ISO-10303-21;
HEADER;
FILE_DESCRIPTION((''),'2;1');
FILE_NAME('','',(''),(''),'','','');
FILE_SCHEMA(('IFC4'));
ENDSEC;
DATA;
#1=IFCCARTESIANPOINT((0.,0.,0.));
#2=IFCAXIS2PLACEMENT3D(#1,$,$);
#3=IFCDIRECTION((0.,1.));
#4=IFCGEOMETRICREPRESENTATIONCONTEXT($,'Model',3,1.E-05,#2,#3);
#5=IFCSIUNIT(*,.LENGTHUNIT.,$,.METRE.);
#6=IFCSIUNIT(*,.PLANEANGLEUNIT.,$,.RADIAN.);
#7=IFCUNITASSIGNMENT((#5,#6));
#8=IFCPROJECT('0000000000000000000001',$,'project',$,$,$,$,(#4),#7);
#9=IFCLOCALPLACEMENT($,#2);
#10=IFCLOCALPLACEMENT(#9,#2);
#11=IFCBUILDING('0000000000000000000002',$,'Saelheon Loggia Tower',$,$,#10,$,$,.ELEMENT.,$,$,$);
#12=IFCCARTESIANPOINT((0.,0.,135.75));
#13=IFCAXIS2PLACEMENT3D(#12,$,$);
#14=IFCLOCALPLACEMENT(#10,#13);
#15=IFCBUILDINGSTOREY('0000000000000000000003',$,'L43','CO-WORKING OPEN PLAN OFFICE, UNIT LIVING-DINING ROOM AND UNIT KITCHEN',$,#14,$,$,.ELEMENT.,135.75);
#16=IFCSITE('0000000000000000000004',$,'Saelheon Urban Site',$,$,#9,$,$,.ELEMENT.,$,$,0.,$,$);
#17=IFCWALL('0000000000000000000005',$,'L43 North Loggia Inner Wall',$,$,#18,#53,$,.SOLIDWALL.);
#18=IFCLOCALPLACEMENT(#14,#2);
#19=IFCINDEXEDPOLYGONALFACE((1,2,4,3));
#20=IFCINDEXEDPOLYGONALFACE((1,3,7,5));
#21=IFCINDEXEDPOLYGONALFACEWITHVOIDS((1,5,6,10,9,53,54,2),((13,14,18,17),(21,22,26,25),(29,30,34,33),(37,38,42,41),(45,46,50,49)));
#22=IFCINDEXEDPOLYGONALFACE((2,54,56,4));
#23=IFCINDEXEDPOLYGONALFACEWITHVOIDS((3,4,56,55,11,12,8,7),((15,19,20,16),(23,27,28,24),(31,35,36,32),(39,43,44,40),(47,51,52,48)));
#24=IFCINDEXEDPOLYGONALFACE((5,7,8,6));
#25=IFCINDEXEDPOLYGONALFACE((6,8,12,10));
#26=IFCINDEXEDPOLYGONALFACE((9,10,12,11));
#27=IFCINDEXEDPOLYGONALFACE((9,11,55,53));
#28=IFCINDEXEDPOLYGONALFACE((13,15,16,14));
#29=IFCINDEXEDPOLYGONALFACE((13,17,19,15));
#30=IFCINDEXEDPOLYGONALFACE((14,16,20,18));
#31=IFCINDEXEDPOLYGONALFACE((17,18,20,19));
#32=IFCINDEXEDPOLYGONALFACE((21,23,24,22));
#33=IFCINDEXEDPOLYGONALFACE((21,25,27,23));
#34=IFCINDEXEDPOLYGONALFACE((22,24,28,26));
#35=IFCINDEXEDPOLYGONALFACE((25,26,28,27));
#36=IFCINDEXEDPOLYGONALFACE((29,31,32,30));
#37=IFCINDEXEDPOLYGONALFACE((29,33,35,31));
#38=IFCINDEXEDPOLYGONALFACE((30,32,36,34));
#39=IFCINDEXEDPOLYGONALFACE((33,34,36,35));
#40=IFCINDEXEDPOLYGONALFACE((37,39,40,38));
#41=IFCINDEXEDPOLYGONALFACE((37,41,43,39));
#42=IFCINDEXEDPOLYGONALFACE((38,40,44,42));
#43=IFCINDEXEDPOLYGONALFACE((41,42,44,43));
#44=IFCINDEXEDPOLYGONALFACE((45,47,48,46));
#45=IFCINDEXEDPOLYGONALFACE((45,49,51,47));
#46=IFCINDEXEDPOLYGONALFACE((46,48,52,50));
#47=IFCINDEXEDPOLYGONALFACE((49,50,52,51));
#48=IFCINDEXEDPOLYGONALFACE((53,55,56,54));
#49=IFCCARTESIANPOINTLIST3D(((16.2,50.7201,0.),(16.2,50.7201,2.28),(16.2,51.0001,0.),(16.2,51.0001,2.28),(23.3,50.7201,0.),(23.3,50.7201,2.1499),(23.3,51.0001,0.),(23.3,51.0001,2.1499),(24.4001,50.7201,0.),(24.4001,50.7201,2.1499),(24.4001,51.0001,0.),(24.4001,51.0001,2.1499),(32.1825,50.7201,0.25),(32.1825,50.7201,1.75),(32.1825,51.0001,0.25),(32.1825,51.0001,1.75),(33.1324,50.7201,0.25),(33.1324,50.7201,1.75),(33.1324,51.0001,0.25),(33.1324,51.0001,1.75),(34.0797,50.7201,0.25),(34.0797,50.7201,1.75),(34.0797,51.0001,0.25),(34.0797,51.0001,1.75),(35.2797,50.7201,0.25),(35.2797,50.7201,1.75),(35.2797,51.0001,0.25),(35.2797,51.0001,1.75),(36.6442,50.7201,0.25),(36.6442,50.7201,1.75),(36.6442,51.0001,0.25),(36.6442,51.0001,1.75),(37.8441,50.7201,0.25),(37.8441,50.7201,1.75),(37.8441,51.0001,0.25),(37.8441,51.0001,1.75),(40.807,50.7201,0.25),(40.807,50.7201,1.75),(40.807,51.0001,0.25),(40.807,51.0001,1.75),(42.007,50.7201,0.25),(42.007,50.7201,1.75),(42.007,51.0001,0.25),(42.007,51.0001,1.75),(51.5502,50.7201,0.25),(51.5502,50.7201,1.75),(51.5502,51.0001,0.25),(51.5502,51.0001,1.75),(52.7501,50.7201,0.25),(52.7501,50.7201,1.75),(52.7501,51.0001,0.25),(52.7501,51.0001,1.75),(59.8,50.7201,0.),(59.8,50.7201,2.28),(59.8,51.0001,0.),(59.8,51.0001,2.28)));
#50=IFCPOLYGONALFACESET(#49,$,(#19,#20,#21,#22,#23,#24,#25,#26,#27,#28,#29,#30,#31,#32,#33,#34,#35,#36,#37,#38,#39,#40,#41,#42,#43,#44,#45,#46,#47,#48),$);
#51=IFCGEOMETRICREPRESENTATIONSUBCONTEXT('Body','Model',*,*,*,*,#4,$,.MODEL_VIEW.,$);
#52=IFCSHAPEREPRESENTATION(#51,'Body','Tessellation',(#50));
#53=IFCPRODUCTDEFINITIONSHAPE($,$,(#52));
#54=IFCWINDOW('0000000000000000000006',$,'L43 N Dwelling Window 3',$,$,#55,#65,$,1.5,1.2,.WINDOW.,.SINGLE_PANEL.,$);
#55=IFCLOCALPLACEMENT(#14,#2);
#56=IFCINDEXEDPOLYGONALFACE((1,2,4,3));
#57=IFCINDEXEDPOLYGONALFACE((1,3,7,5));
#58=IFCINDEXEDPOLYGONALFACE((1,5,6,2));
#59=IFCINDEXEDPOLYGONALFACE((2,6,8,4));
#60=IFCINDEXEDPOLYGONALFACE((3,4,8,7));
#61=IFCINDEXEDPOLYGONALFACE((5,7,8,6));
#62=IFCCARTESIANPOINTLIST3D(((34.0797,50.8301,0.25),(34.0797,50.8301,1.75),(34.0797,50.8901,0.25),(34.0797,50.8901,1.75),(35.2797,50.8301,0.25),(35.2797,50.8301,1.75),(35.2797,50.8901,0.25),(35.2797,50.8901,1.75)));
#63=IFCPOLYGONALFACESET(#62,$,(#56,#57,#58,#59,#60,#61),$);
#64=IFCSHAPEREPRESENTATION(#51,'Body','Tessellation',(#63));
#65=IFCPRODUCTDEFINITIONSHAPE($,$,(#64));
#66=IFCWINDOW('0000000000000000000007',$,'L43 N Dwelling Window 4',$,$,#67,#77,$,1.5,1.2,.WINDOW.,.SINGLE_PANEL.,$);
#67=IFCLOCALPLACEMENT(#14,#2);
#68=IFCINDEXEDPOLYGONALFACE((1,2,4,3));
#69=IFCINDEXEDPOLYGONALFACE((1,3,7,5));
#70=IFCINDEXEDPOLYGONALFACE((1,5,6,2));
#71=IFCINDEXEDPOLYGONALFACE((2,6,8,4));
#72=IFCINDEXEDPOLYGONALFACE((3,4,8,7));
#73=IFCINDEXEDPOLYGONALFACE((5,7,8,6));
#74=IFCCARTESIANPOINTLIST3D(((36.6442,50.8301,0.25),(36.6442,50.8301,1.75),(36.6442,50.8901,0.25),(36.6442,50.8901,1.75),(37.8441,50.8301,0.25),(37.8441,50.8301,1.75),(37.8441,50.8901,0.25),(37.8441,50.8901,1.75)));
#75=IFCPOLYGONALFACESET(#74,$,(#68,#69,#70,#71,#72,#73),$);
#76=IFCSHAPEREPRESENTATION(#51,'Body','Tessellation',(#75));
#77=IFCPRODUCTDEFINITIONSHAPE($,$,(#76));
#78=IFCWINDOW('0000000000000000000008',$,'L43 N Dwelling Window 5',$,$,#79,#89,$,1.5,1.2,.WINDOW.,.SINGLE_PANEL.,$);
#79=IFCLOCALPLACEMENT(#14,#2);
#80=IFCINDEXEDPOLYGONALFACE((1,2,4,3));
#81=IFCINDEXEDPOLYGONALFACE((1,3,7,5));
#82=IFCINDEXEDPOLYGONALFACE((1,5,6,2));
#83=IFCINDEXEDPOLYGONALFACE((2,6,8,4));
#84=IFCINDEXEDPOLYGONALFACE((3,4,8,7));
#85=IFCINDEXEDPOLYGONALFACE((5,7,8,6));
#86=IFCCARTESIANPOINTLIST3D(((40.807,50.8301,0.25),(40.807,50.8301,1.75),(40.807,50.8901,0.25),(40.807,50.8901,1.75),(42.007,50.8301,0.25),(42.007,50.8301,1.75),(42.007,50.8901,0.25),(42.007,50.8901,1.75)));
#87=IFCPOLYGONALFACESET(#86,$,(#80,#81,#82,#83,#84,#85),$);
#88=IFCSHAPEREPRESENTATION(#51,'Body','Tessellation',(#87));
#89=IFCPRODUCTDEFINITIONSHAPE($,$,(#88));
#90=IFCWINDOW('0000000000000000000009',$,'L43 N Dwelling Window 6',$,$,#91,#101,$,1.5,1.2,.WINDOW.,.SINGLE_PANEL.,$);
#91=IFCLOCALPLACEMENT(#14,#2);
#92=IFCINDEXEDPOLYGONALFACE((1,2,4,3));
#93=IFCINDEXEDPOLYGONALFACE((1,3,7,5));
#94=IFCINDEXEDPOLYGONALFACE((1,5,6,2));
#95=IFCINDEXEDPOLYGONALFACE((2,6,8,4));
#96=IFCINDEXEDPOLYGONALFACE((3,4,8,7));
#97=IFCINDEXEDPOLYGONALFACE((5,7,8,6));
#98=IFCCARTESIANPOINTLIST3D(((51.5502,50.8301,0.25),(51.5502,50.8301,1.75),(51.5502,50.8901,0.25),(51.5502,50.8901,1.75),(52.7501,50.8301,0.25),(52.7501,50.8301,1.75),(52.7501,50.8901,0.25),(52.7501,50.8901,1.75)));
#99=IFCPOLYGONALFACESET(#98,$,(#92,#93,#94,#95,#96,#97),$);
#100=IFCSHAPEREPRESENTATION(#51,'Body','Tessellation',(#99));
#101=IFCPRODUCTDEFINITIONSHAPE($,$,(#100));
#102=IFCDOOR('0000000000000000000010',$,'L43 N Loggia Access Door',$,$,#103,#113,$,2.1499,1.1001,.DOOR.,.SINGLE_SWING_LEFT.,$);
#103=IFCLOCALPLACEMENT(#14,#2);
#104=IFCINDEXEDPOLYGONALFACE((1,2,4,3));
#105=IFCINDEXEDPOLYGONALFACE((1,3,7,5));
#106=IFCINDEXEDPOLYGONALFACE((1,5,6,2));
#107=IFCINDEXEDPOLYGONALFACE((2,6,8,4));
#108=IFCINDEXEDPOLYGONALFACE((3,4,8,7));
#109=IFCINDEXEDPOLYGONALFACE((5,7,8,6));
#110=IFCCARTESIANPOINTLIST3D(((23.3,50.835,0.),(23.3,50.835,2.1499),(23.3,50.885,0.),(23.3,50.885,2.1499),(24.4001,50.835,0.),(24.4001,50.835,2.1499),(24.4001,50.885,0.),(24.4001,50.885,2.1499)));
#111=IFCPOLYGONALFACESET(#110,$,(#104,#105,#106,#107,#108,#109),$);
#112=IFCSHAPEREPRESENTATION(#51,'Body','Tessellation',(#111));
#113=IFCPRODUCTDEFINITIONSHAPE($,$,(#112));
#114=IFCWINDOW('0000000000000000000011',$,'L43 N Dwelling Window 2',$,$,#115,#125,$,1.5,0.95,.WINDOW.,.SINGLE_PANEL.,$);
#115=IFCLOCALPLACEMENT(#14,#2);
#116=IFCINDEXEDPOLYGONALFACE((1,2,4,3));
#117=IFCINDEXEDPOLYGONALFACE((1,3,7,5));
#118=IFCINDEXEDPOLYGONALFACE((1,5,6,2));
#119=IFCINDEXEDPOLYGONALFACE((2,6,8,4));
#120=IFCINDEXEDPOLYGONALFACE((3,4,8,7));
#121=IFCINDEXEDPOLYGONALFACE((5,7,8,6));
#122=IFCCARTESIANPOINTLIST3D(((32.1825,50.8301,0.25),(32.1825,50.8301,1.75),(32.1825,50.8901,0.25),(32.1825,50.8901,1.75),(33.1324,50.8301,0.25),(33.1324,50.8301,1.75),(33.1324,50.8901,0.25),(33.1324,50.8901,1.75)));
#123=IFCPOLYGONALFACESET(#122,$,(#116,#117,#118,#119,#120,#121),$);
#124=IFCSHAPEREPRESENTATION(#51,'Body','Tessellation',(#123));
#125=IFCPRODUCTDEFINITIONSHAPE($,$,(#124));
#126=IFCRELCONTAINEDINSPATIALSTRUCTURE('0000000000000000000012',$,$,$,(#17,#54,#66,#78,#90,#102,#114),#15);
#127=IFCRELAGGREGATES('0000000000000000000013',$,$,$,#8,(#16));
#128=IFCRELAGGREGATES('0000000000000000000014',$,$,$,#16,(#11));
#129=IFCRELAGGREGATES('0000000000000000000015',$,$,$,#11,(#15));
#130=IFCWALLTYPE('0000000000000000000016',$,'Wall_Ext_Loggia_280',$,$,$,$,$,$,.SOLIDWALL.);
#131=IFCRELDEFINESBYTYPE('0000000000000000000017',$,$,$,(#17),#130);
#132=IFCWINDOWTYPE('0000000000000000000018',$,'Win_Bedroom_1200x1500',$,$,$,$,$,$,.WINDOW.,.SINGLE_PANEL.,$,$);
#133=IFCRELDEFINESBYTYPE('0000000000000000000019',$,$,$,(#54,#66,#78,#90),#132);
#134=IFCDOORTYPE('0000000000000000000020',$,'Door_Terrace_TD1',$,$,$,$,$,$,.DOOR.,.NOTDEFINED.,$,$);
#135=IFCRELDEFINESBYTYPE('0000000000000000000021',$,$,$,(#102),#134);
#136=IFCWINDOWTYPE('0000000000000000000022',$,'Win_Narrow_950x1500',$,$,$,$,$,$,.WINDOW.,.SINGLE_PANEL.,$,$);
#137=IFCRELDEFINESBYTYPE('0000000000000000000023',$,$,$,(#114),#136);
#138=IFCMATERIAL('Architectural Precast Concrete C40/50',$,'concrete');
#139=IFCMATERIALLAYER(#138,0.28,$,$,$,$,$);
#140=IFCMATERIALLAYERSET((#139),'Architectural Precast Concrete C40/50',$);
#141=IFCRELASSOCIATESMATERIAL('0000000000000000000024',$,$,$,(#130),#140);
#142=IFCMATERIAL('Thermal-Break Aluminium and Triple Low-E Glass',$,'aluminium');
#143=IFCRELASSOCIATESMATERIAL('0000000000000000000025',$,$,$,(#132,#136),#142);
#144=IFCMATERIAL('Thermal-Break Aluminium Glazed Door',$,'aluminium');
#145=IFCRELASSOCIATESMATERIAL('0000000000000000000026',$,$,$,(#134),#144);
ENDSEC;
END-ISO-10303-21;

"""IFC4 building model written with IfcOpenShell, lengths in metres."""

from ifc_helpers import new_model, si_unit, direction, frame, frame_2d, origin, place, context, subcontext, project, spatial, rectangle, extrude, source, transform, mapped, material, layer, layer_set, type_object, element, fill, save


model = new_model("IFC4")

# Units and contexts
model_context = context("Model", 3, precision=1e-05, world=origin(), true_north=direction((0.0, 1.0)))
body_context = subcontext(model_context, "Body", "Model", "MODEL_VIEW")
ifc_project = project(units=[si_unit("LENGTHUNIT", "METRE"), si_unit("PLANEANGLEUNIT", "RADIAN")], contexts=[model_context])

# Site, building, storey
site_placement = place(None, origin())
site = spatial("IfcSite", under=ifc_project, at=site_placement, Name="Saelheon Urban Site", CompositionType="ELEMENT", RefElevation=0.0)
building_placement = place(site_placement, origin())
building = spatial("IfcBuilding", under=site, at=building_placement, Name="Saelheon Loggia Tower", CompositionType="ELEMENT")
storey_placement = place(building_placement, frame((0.0, 0.0, 135.75)))
storey = spatial("IfcBuildingStorey", under=building, at=storey_placement, Name="L43", Description="CO-WORKING OPEN PLAN OFFICE, UNIT LIVING-DINING ROOM AND UNIT KITCHEN", CompositionType="ELEMENT", Elevation=135.75)

# Wall, openings, windows, door
ifc_material_1 = material(Name="Architectural Precast Concrete C40/50", Category="concrete")
ifc_layer_1 = layer(ifc_material_1, 0.28)
ifc_layer_set_1 = layer_set([ifc_layer_1], Name="Architectural Precast Concrete C40/50")
wall_type = type_object("IfcWallType", Name="Wall_Ext_Loggia_280", PredefinedType="SOLIDWALL", material=ifc_layer_set_1)
wall_placement = place(storey_placement, frame((16.2, 50.8601, 0.0), z_axis=(0.0, 0.0, 1.0), x_axis=(1.0, 0.0, 0.0)))
wall = element("IfcWall", 1, at=wall_placement, inside=storey, type_object=wall_type, Name="L43 North Loggia Inner Wall", PredefinedType="SOLIDWALL", context=body_context, shape_type="SweptSolid", body=[
    extrude(rectangle(XDim=43.6001, YDim=0.28, at=frame_2d((21.8, 0.0))), origin(), (0.0, 0.0, 1.0), 2.28),
])
opening_1_placement = place(wall_placement, frame((7.1001, 0.0, 0.0)))
opening_1 = element("IfcOpeningElement", 2, at=opening_1_placement, cuts=wall, PredefinedType="OPENING", context=body_context, shape_type="SweptSolid", body=[
    extrude(rectangle(XDim=1.1001, YDim=2.1499, at=frame_2d((0.55, 1.075))), frame((0.0, 0.1521, 0.0), z_axis=(0.0, -1.0, 0.0), x_axis=(1.0, 0.0, 0.0)), (0.0, 0.0, 1.0), 0.304),
])
opening_2_placement = place(wall_placement, frame((15.9824, 0.0, 0.25)))
opening_2 = element("IfcOpeningElement", 3, at=opening_2_placement, cuts=wall, PredefinedType="OPENING", context=body_context, shape_type="SweptSolid", body=[
    extrude(rectangle(XDim=0.95, YDim=1.5, at=frame_2d((0.4751, 0.75))), frame((0.0, 0.1521, 0.0), z_axis=(0.0, -1.0, 0.0), x_axis=(1.0, 0.0, 0.0)), (0.0, 0.0, 1.0), 0.304),
])
opening_3_placement = place(wall_placement, frame((17.8796, 0.0, 0.25)))
opening_3 = element("IfcOpeningElement", 4, at=opening_3_placement, cuts=wall, PredefinedType="OPENING", context=body_context, shape_type="SweptSolid", body=[
    extrude(rectangle(XDim=1.2, YDim=1.5, at=frame_2d((0.6001, 0.75))), frame((0.0, 0.1521, 0.0), z_axis=(0.0, -1.0, 0.0), x_axis=(1.0, 0.0, 0.0)), (0.0, 0.0, 1.0), 0.304),
])
opening_4_placement = place(wall_placement, frame((20.4441, 0.0, 0.25)))
opening_4 = element("IfcOpeningElement", 5, at=opening_4_placement, cuts=wall, PredefinedType="OPENING", context=body_context, shape_type="SweptSolid", body=[
    extrude(rectangle(XDim=1.2, YDim=1.5, at=frame_2d((0.6001, 0.75))), frame((0.0, 0.1521, 0.0), z_axis=(0.0, -1.0, 0.0), x_axis=(1.0, 0.0, 0.0)), (0.0, 0.0, 1.0), 0.304),
])
opening_5_placement = place(wall_placement, frame((24.6069, 0.0, 0.25)))
opening_5 = element("IfcOpeningElement", 6, at=opening_5_placement, cuts=wall, PredefinedType="OPENING", context=body_context, shape_type="SweptSolid", body=[
    extrude(rectangle(XDim=1.2, YDim=1.5, at=frame_2d((0.6001, 0.75))), frame((0.0, 0.1521, 0.0), z_axis=(0.0, -1.0, 0.0), x_axis=(1.0, 0.0, 0.0)), (0.0, 0.0, 1.0), 0.304),
])
opening_6_placement = place(wall_placement, frame((35.3501, 0.0, 0.25)))
opening_6 = element("IfcOpeningElement", 7, at=opening_6_placement, cuts=wall, PredefinedType="OPENING", context=body_context, shape_type="SweptSolid", body=[
    extrude(rectangle(XDim=1.2, YDim=1.5, at=frame_2d((0.6001, 0.75))), frame((0.0, 0.1521, 0.0), z_axis=(0.0, -1.0, 0.0), x_axis=(1.0, 0.0, 0.0)), (0.0, 0.0, 1.0), 0.304),
])
ifc_material_2 = material(Name="Thermal-Break Aluminium and Triple Low-E Glass", Category="aluminium")
window_type_1 = type_object("IfcWindowType", Name="Win_Bedroom_1200x1500", PartitioningType="SINGLE_PANEL", PredefinedType="WINDOW", material=ifc_material_2)
shared_shape_1 = source(origin(), body_context, "Body", "SweptSolid", [
    extrude(rectangle(XDim=1.2, YDim=1.5, at=frame_2d((0.6001, 0.75))), frame((0.0, 0.03, 0.0), z_axis=(0.0, -1.0, 0.0), x_axis=(1.0, 0.0, 0.0)), (0.0, 0.0, 1.0), 0.0601),
])
window_1_placement = place(opening_3_placement, origin())
window_1 = element("IfcWindow", 8, at=window_1_placement, inside=storey, type_object=window_type_1, Name="L43 N Dwelling Window 3", OverallHeight=1.5, OverallWidth=1.2, PartitioningType="SINGLE_PANEL", PredefinedType="WINDOW", context=body_context, shape_type="MappedRepresentation", body=[
    mapped(shared_shape_1, transform((0.0, 0.0, 0.0), scale=1.0)),
])
fill(opening_3, window_1)
window_2_placement = place(opening_4_placement, origin())
window_2 = element("IfcWindow", 9, at=window_2_placement, inside=storey, type_object=window_type_1, Name="L43 N Dwelling Window 4", OverallHeight=1.5, OverallWidth=1.2, PartitioningType="SINGLE_PANEL", PredefinedType="WINDOW", context=body_context, shape_type="MappedRepresentation", body=[
    mapped(shared_shape_1, transform((0.0, 0.0, 0.0), scale=1.0)),
])
fill(opening_4, window_2)
window_3_placement = place(opening_5_placement, origin())
window_3 = element("IfcWindow", 10, at=window_3_placement, inside=storey, type_object=window_type_1, Name="L43 N Dwelling Window 5", OverallHeight=1.5, OverallWidth=1.2, PartitioningType="SINGLE_PANEL", PredefinedType="WINDOW", context=body_context, shape_type="MappedRepresentation", body=[
    mapped(shared_shape_1, transform((0.0, 0.0, 0.0), scale=1.0)),
])
fill(opening_5, window_3)
window_4_placement = place(opening_6_placement, origin())
window_4 = element("IfcWindow", 11, at=window_4_placement, inside=storey, type_object=window_type_1, Name="L43 N Dwelling Window 6", OverallHeight=1.5, OverallWidth=1.2, PartitioningType="SINGLE_PANEL", PredefinedType="WINDOW", context=body_context, shape_type="MappedRepresentation", body=[
    mapped(shared_shape_1, transform((0.0, 0.0, 0.0), scale=1.0)),
])
fill(opening_6, window_4)
ifc_material_3 = material(Name="Thermal-Break Aluminium Glazed Door", Category="aluminium")
door_type = type_object("IfcDoorType", Name="Door_Terrace_TD1", OperationType="NOTDEFINED", PredefinedType="DOOR", material=ifc_material_3)
shared_shape_2 = source(origin(), body_context, "Body", "SweptSolid", [
    extrude(rectangle(XDim=1.1001, YDim=2.1499, at=frame_2d((0.55, 1.075))), frame((0.0, 0.0249, 0.0), z_axis=(0.0, -1.0, 0.0), x_axis=(1.0, 0.0, 0.0)), (0.0, 0.0, 1.0), 0.05),
])
door_placement = place(opening_1_placement, origin())
door = element("IfcDoor", 12, at=door_placement, inside=storey, type_object=door_type, Name="L43 N Loggia Access Door", OperationType="SINGLE_SWING_LEFT", OverallHeight=2.1499, OverallWidth=1.1001, PredefinedType="DOOR", context=body_context, shape_type="MappedRepresentation", body=[
    mapped(shared_shape_2, transform((0.0, 0.0, 0.0), scale=1.0)),
])
fill(opening_1, door)
window_type_2 = type_object("IfcWindowType", Name="Win_Narrow_950x1500", PartitioningType="SINGLE_PANEL", PredefinedType="WINDOW", material=ifc_material_2)
shared_shape_3 = source(origin(), body_context, "Body", "SweptSolid", [
    extrude(rectangle(XDim=0.95, YDim=1.5, at=frame_2d((0.4751, 0.75))), frame((0.0, 0.03, 0.0), z_axis=(0.0, -1.0, 0.0), x_axis=(1.0, 0.0, 0.0)), (0.0, 0.0, 1.0), 0.0601),
])
window_5_placement = place(opening_2_placement, origin())
window_5 = element("IfcWindow", 13, at=window_5_placement, inside=storey, type_object=window_type_2, Name="L43 N Dwelling Window 2", OverallHeight=1.5, OverallWidth=0.95, PartitioningType="SINGLE_PANEL", PredefinedType="WINDOW", context=body_context, shape_type="MappedRepresentation", body=[
    mapped(shared_shape_3, transform((0.0, 0.0, 0.0), scale=1.0)),
])
fill(opening_2, window_5)

save(model, "model.ifc")
